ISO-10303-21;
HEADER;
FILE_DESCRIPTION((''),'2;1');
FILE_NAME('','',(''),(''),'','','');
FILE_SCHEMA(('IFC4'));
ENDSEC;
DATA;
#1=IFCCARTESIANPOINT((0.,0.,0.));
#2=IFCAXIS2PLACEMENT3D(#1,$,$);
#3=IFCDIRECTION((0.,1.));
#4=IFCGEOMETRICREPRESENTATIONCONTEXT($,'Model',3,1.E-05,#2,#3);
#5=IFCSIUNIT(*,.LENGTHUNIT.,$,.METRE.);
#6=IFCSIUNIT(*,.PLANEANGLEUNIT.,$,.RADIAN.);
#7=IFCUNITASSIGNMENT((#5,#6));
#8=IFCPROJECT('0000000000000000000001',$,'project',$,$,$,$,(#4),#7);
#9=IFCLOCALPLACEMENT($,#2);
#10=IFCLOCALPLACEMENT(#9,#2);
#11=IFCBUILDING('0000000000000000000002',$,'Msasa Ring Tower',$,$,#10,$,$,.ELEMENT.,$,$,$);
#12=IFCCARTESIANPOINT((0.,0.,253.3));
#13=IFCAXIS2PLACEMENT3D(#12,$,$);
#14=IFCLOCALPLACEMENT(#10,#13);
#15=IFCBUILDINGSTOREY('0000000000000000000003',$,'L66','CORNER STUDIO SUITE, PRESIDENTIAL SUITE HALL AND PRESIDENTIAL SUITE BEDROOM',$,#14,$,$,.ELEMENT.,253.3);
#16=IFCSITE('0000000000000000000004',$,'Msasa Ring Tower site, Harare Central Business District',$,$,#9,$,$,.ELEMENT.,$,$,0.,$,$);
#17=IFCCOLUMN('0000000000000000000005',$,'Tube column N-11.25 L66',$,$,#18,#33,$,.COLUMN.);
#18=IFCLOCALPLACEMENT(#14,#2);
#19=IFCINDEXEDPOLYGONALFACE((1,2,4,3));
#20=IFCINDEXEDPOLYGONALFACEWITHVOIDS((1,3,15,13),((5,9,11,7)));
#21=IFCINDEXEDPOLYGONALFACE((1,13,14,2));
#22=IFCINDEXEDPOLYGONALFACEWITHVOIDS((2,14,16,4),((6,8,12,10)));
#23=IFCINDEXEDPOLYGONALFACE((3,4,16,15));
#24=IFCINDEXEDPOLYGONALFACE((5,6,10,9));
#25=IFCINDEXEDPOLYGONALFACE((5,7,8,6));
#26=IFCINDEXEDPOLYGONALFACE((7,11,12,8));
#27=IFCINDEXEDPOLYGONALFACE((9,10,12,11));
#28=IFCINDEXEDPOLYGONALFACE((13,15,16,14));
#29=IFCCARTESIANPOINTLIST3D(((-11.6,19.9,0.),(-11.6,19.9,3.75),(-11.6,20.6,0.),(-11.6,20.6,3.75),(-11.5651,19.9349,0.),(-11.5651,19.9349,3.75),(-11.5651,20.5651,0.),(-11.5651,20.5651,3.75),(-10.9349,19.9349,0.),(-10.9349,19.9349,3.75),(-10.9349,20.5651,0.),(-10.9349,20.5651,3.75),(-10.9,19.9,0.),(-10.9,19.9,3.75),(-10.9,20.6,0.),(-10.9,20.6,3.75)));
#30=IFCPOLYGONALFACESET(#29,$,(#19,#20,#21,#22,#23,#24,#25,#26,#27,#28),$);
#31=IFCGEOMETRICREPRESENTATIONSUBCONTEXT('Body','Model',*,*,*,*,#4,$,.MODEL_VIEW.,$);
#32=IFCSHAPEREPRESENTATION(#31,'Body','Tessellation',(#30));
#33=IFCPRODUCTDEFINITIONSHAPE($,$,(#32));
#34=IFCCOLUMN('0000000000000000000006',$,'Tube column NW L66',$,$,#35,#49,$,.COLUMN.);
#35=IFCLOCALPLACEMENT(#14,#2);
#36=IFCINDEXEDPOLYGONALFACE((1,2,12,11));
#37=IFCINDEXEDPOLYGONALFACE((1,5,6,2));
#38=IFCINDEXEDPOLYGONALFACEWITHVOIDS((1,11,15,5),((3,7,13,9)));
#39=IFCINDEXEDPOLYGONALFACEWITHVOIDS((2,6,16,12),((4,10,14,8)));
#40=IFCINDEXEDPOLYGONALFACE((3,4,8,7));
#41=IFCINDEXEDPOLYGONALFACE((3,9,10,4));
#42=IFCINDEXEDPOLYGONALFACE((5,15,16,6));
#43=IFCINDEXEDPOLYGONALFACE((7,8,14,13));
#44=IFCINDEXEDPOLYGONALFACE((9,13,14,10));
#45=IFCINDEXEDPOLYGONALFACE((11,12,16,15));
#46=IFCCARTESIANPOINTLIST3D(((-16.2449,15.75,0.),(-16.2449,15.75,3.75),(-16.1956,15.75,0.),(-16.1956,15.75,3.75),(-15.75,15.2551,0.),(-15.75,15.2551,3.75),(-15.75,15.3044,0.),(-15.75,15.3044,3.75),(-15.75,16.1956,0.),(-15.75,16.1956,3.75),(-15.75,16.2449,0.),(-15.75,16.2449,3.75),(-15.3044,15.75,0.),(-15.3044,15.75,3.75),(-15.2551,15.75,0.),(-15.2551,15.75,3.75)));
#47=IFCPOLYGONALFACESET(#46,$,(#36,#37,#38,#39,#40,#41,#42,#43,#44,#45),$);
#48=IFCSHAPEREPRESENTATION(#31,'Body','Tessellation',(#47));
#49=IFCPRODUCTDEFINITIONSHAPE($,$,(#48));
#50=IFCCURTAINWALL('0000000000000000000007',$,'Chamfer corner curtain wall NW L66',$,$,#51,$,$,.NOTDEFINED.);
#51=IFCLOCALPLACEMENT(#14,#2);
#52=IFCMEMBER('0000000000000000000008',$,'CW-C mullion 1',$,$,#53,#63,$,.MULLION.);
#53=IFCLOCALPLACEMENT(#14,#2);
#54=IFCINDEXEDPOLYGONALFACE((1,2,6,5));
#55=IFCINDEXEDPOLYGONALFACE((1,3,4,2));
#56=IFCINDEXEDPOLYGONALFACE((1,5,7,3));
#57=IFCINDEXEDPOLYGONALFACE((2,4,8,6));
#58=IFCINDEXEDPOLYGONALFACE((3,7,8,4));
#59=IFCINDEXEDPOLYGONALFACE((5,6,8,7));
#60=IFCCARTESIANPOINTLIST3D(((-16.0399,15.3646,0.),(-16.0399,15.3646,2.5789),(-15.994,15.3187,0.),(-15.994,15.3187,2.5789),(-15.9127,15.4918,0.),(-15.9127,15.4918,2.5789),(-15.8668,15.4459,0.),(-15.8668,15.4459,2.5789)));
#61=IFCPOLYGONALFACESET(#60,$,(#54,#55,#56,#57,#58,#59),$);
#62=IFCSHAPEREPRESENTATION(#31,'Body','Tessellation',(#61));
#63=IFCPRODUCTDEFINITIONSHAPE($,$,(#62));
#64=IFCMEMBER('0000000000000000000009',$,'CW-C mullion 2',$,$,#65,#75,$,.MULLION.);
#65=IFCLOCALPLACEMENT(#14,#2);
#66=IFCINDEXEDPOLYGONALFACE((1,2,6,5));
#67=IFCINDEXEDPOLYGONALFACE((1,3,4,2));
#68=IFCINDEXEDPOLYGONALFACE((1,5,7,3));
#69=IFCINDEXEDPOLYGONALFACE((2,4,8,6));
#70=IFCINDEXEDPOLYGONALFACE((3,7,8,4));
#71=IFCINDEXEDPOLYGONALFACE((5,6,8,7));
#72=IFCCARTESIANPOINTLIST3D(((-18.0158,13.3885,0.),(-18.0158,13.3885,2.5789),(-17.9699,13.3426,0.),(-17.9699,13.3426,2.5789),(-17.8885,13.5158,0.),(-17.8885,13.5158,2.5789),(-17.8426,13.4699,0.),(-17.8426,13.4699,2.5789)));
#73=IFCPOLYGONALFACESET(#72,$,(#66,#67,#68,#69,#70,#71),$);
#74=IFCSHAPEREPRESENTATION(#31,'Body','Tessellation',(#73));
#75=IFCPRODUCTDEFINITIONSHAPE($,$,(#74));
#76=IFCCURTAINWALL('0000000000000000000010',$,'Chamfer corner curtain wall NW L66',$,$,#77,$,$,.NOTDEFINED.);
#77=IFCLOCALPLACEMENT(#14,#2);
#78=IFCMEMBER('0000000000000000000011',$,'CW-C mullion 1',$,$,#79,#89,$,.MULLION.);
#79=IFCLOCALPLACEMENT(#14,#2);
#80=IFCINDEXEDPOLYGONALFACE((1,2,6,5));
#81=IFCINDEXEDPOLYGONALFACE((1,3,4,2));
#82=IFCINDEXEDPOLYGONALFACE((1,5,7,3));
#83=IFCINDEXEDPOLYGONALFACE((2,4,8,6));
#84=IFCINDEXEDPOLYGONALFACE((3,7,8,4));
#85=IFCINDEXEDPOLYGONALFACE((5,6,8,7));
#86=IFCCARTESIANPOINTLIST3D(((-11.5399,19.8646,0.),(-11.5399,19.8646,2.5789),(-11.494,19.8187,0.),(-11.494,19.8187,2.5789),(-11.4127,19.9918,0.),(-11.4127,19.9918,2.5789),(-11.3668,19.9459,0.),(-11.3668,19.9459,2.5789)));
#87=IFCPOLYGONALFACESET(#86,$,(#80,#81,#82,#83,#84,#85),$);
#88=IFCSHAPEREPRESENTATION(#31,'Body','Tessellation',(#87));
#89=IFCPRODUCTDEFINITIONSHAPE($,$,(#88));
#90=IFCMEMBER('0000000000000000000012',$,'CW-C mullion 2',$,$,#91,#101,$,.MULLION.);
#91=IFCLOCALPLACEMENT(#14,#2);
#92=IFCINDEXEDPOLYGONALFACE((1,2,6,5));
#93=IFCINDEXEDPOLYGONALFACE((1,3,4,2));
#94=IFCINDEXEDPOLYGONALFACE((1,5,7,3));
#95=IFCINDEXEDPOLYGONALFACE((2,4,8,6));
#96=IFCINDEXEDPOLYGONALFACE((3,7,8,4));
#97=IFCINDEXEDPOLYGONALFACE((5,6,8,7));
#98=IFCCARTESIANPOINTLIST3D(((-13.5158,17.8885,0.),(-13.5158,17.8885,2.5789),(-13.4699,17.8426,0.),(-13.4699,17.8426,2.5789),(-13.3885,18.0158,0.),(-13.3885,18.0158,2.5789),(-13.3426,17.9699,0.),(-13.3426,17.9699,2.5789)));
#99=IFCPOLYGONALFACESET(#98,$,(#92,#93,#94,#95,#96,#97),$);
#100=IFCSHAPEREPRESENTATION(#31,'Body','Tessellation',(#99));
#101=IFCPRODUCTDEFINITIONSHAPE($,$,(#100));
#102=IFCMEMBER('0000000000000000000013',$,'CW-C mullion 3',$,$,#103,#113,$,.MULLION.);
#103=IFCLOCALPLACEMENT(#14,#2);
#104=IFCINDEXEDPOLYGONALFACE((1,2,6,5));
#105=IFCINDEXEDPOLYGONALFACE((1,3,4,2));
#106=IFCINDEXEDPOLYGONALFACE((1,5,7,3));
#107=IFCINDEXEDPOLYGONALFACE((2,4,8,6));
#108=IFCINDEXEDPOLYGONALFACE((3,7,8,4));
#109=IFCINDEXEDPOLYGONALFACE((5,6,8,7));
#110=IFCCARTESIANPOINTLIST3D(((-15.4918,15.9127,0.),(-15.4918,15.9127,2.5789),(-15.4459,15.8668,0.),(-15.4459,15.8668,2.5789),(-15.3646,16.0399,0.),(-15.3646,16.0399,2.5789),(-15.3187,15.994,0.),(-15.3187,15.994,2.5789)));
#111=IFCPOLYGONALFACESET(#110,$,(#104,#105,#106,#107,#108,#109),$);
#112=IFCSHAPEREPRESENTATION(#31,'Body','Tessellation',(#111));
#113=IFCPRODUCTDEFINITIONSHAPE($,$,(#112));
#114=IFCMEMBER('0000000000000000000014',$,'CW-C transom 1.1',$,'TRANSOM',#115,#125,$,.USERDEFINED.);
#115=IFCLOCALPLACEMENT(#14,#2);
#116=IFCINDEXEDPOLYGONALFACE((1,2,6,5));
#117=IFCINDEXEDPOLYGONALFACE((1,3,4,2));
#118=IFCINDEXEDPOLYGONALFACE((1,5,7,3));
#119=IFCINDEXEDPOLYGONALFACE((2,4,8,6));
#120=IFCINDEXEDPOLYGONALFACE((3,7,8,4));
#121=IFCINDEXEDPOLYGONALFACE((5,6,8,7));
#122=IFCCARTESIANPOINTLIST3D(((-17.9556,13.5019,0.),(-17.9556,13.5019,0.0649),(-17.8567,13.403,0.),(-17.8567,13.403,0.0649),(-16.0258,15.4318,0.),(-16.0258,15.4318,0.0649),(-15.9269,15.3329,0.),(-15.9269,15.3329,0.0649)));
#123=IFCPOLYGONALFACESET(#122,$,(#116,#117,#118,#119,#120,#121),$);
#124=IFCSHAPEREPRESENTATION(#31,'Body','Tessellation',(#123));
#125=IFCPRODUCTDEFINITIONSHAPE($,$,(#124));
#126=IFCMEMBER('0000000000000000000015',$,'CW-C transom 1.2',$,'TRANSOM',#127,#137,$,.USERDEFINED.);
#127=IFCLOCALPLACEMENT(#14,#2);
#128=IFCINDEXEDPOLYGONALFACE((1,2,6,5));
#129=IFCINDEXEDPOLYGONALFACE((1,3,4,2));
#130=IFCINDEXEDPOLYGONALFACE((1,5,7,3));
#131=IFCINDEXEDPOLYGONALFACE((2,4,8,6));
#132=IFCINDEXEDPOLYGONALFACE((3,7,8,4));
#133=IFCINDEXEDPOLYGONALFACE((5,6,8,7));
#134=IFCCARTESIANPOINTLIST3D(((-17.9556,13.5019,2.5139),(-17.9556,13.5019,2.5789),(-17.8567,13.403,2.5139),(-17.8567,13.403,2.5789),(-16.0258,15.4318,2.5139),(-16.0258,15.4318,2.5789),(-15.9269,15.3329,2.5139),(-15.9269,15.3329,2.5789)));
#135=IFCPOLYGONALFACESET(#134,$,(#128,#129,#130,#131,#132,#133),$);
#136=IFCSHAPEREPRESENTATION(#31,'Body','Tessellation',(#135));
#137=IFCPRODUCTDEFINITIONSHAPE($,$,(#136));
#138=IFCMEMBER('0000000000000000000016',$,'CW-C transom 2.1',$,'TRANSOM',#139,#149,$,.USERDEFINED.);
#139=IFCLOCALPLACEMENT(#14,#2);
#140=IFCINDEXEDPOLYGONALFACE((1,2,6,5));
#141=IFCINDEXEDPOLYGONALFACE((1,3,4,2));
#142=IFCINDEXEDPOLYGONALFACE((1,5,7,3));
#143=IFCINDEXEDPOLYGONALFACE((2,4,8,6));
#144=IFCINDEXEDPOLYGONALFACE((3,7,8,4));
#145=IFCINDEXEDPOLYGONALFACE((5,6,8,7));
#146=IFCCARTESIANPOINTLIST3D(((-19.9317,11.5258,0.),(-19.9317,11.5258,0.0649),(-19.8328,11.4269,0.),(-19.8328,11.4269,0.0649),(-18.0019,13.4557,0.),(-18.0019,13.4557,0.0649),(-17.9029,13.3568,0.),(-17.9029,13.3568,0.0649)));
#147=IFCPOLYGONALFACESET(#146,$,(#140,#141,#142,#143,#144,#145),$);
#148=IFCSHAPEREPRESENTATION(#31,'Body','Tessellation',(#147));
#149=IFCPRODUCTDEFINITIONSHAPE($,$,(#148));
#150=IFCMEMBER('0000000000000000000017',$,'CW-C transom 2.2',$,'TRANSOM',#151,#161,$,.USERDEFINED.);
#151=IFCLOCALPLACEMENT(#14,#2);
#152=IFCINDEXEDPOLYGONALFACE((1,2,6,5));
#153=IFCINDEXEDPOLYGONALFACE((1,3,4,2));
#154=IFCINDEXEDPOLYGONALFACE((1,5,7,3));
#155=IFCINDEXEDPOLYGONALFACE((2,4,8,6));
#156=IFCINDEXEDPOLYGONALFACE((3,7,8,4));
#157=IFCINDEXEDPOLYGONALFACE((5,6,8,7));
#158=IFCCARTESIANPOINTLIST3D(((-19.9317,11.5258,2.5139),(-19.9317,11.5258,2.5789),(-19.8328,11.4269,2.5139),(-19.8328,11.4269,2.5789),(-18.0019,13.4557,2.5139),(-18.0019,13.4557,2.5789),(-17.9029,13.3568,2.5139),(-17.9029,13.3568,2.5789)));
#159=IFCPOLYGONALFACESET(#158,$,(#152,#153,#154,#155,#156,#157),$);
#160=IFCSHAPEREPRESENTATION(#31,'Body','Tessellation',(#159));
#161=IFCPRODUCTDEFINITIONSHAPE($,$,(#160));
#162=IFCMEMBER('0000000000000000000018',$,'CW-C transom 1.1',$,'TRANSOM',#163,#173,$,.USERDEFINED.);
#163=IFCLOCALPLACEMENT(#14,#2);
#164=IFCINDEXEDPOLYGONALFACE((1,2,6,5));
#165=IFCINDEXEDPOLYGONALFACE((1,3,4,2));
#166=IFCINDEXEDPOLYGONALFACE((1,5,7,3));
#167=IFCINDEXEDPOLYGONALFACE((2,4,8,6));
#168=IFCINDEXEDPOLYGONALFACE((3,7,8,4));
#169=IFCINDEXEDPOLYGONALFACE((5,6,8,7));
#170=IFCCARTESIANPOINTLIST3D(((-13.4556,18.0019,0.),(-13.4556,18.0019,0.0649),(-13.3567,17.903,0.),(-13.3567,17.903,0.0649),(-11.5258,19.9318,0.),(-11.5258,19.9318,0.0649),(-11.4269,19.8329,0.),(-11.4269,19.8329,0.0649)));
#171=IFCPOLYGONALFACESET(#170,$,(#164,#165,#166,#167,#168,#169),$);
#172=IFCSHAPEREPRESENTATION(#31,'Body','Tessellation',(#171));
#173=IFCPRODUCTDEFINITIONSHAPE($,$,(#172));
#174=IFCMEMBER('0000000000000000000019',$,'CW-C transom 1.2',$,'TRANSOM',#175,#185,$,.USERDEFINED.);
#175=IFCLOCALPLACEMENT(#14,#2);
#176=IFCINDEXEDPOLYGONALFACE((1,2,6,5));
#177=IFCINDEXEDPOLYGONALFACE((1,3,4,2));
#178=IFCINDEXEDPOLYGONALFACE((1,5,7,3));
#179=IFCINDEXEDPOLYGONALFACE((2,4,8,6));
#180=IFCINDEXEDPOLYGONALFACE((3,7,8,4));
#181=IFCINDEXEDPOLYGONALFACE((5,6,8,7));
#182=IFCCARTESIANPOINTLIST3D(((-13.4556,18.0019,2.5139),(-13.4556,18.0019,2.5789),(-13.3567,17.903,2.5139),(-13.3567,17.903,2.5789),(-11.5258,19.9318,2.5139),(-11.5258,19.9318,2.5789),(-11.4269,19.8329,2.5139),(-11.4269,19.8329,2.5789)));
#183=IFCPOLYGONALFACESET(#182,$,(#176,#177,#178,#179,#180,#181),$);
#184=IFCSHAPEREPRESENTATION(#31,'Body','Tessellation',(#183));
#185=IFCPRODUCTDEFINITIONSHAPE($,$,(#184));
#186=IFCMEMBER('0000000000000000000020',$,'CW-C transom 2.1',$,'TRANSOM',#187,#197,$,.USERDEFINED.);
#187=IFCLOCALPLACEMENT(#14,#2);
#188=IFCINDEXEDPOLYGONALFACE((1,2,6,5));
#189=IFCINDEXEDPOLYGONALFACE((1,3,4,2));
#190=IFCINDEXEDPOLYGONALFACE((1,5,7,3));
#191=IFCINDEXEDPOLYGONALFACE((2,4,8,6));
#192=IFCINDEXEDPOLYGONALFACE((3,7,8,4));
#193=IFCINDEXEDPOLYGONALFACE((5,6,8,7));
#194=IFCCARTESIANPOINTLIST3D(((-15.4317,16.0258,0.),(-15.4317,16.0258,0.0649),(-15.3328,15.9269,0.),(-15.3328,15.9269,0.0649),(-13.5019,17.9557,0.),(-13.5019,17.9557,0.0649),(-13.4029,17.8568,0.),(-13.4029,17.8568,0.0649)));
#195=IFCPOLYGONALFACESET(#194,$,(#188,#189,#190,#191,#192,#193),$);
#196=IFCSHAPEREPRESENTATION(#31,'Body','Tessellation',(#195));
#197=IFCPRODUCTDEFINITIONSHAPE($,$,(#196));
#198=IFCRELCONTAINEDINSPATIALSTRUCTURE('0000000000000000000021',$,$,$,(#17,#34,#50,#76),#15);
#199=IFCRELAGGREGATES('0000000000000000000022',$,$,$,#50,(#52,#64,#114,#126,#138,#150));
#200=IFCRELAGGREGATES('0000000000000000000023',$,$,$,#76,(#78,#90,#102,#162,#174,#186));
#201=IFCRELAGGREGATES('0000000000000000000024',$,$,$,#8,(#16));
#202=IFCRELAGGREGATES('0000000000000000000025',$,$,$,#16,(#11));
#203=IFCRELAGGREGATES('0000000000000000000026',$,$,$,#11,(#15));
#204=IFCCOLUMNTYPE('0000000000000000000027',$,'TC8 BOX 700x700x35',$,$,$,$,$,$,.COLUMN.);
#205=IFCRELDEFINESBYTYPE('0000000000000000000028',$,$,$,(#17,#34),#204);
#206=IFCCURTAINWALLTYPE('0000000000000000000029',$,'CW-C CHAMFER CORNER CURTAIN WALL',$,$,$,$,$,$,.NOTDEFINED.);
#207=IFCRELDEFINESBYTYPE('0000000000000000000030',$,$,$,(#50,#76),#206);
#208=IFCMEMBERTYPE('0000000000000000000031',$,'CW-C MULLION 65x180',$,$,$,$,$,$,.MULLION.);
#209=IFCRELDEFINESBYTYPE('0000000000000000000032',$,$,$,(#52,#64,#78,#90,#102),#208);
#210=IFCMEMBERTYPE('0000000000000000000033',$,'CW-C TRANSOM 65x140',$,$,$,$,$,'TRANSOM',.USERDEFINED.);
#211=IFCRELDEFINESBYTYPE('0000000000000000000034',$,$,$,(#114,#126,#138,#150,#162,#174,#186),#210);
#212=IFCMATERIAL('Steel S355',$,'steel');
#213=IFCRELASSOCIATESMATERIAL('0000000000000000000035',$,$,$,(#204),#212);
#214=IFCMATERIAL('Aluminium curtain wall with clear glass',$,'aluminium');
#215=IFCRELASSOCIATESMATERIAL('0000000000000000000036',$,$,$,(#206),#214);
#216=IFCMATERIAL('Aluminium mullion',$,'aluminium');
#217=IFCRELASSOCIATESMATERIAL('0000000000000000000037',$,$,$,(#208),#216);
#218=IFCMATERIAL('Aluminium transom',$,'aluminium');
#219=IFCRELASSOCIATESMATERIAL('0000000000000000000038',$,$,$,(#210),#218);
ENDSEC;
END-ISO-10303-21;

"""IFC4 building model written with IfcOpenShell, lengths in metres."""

from ifc_helpers import new_model, si_unit, direction, frame, origin, origin_2d, place, context, subcontext, project, spatial, rectangle, hollow_rectangle, extrude, material, material_profile, profile_set, type_object, element, aggregate, save


model = new_model("IFC4")

# Units and contexts
model_context = context("Model", 3, precision=1e-05, world=origin(), true_north=direction((0.0, 1.0)))
body_context = subcontext(model_context, "Body", "Model", "MODEL_VIEW")
ifc_project = project(units=[si_unit("LENGTHUNIT", "METRE"), si_unit("PLANEANGLEUNIT", "RADIAN")], contexts=[model_context])

# Site, building, storey
site_placement = place(None, origin())
site = spatial("IfcSite", under=ifc_project, at=site_placement, Name="Msasa Ring Tower site, Harare Central Business District", CompositionType="ELEMENT", RefElevation=0.0)
building_placement = place(site_placement, origin())
building = spatial("IfcBuilding", under=site, at=building_placement, Name="Msasa Ring Tower", CompositionType="ELEMENT")
storey_placement = place(building_placement, frame((0.0, 0.0, 253.3)))
storey = spatial("IfcBuildingStorey", under=building, at=storey_placement, Name="L66", Description="CORNER STUDIO SUITE, PRESIDENTIAL SUITE HALL AND PRESIDENTIAL SUITE BEDROOM", CompositionType="ELEMENT", Elevation=253.3)

# Columns
ifc_material_1 = material(Name="Steel S355", Category="steel")
ifc_material_profile_1 = material_profile(ifc_material_1, hollow_rectangle(XDim=0.7, YDim=0.7, WallThickness=0.0349, at=origin_2d()), Name="BOX 700x700x35")
ifc_profile_set_1 = profile_set([ifc_material_profile_1], Name="Steel S355")
column_type = type_object("IfcColumnType", Name="TC8 BOX 700x700x35", PredefinedType="COLUMN", material=ifc_profile_set_1)
for number, where, z_axis, x_axis, name in (
    (1, (-11.25, 20.25, 0.0), (0.0, 0.0, 1.0), (0.0, 1.0, 0.0), "Tube column N-11.25 L66"),
    (2, (-15.75, 15.75, 0.0), (0.0, 0.0, 1.0), (0.707107, -0.707107, 0.0), "Tube column NW L66"),
):
    element("IfcColumn", number, at=place(storey_placement, frame(where, z_axis=z_axis, x_axis=x_axis)), inside=storey, type_object=column_type, Name=name, PredefinedType="COLUMN", context=body_context, shape_type="SweptSolid", body=[
        extrude(hollow_rectangle(XDim=0.7, YDim=0.7, WallThickness=0.0349, at=origin_2d()), origin(), (0.0, 0.0, 1.0), 3.75),
    ])

# Curtain walls, members
ifc_material_2 = material(Name="Aluminium curtain wall with clear glass", Category="aluminium")
curtain_wall_type = type_object("IfcCurtainWallType", Name="CW-C CHAMFER CORNER CURTAIN WALL", PredefinedType="NOTDEFINED", material=ifc_material_2)
curtain_wall_1_placement = place(storey_placement, origin())
curtain_wall_1 = element("IfcCurtainWall", 3, at=curtain_wall_1_placement, inside=storey, type_object=curtain_wall_type, Name="Chamfer corner curtain wall NW L66", PredefinedType="NOTDEFINED")
ifc_material_3 = material(Name="Aluminium mullion", Category="aluminium")
ifc_material_profile_2 = material_profile(ifc_material_3, rectangle(XDim=0.0649, YDim=0.1799, at=origin_2d()), Name="AL 65x180")
ifc_profile_set_2 = profile_set([ifc_material_profile_2], Name="Aluminium mullion")
member_type_1 = type_object("IfcMemberType", Name="CW-C MULLION 65x180", PredefinedType="MULLION", material=ifc_profile_set_2)
member_1_placement = place(storey_placement, frame((-15.9534, 15.4053, 0.0), z_axis=(0.0, 0.0, 1.0), x_axis=(0.707107, -0.707107, 0.0)))
member_1 = element("IfcMember", 4, at=member_1_placement, type_object=member_type_1, Name="CW-C mullion 1", PredefinedType="MULLION", context=body_context, shape_type="SweptSolid", body=[
    extrude(rectangle(XDim=0.0649, YDim=0.1799, at=origin_2d()), origin(), (0.0, 0.0, 1.0), 2.5789),
])
member_2_placement = place(storey_placement, frame((-17.9292, 13.4292, 0.0), z_axis=(0.0, 0.0, 1.0), x_axis=(0.707107, -0.707107, 0.0)))
member_2 = element("IfcMember", 5, at=member_2_placement, type_object=member_type_1, Name="CW-C mullion 2", PredefinedType="MULLION", context=body_context, shape_type="SweptSolid", body=[
    extrude(rectangle(XDim=0.0649, YDim=0.1799, at=origin_2d()), origin(), (0.0, 0.0, 1.0), 2.5789),
])
curtain_wall_2_placement = place(storey_placement, origin())
curtain_wall_2 = element("IfcCurtainWall", 6, at=curtain_wall_2_placement, inside=storey, type_object=curtain_wall_type, Name="Chamfer corner curtain wall NW L66", PredefinedType="NOTDEFINED")
member_3_placement = place(storey_placement, frame((-11.4534, 19.9053, 0.0), z_axis=(0.0, 0.0, 1.0), x_axis=(0.707107, -0.707107, 0.0)))
member_3 = element("IfcMember", 7, at=member_3_placement, type_object=member_type_1, Name="CW-C mullion 1", PredefinedType="MULLION", context=body_context, shape_type="SweptSolid", body=[
    extrude(rectangle(XDim=0.0649, YDim=0.1799, at=origin_2d()), origin(), (0.0, 0.0, 1.0), 2.5789),
])
member_4_placement = place(storey_placement, frame((-13.4292, 17.9292, 0.0), z_axis=(0.0, 0.0, 1.0), x_axis=(0.707107, -0.707107, 0.0)))
member_4 = element("IfcMember", 8, at=member_4_placement, type_object=member_type_1, Name="CW-C mullion 2", PredefinedType="MULLION", context=body_context, shape_type="SweptSolid", body=[
    extrude(rectangle(XDim=0.0649, YDim=0.1799, at=origin_2d()), origin(), (0.0, 0.0, 1.0), 2.5789),
])
member_5_placement = place(storey_placement, frame((-15.4053, 15.9534, 0.0), z_axis=(0.0, 0.0, 1.0), x_axis=(0.707107, -0.707107, 0.0)))
member_5 = element("IfcMember", 9, at=member_5_placement, type_object=member_type_1, Name="CW-C mullion 3", PredefinedType="MULLION", context=body_context, shape_type="SweptSolid", body=[
    extrude(rectangle(XDim=0.0649, YDim=0.1799, at=origin_2d()), origin(), (0.0, 0.0, 1.0), 2.5789),
])

# Members
ifc_material_4 = material(Name="Aluminium transom", Category="aluminium")
ifc_material_profile_3 = material_profile(ifc_material_4, rectangle(XDim=0.1399, YDim=0.0649, at=origin_2d()), Name="AL 65x140")
ifc_profile_set_3 = profile_set([ifc_material_profile_3], Name="Aluminium transom")
member_type_2 = type_object("IfcMemberType", Name="CW-C TRANSOM 65x140", ElementType="TRANSOM", PredefinedType="USERDEFINED", material=ifc_profile_set_3)
member_6_placement = place(storey_placement, frame((-15.9763, 15.3823, 0.0325), z_axis=(-0.707107, -0.707107, 0.0), x_axis=(0.707107, -0.707107, 0.0)))
member_6 = element("IfcMember", 10, at=member_6_placement, type_object=member_type_2, Name="CW-C transom 1.1", ObjectType="TRANSOM", PredefinedType="USERDEFINED", context=body_context, shape_type="SweptSolid", body=[
    extrude(rectangle(XDim=0.1399, YDim=0.0649, at=origin_2d()), origin(), (0.0, 0.0, 1.0), 2.7292),
])
member_7_placement = place(storey_placement, frame((-15.9763, 15.3823, 2.5464), z_axis=(-0.707107, -0.707107, 0.0), x_axis=(0.707107, -0.707107, 0.0)))
member_7 = element("IfcMember", 11, at=member_7_placement, type_object=member_type_2, Name="CW-C transom 1.2", ObjectType="TRANSOM", PredefinedType="USERDEFINED", context=body_context, shape_type="SweptSolid", body=[
    extrude(rectangle(XDim=0.1399, YDim=0.0649, at=origin_2d()), origin(), (0.0, 0.0, 1.0), 2.7292),
])
member_8_placement = place(storey_placement, frame((-17.9524, 13.4062, 0.0325), z_axis=(-0.707107, -0.707107, 0.0), x_axis=(0.707107, -0.707107, 0.0)))
member_8 = element("IfcMember", 12, at=member_8_placement, type_object=member_type_2, Name="CW-C transom 2.1", ObjectType="TRANSOM", PredefinedType="USERDEFINED", context=body_context, shape_type="SweptSolid", body=[
    extrude(rectangle(XDim=0.1399, YDim=0.0649, at=origin_2d()), origin(), (0.0, 0.0, 1.0), 2.7292),
])
member_9_placement = place(storey_placement, frame((-17.9524, 13.4062, 2.5464), z_axis=(-0.707107, -0.707107, 0.0), x_axis=(0.707107, -0.707107, 0.0)))
member_9 = element("IfcMember", 13, at=member_9_placement, type_object=member_type_2, Name="CW-C transom 2.2", ObjectType="TRANSOM", PredefinedType="USERDEFINED", context=body_context, shape_type="SweptSolid", body=[
    extrude(rectangle(XDim=0.1399, YDim=0.0649, at=origin_2d()), origin(), (0.0, 0.0, 1.0), 2.7292),
])
member_10_placement = place(storey_placement, frame((-11.4763, 19.8823, 0.0325), z_axis=(-0.707107, -0.707107, 0.0), x_axis=(0.707107, -0.707107, 0.0)))
member_10 = element("IfcMember", 14, at=member_10_placement, type_object=member_type_2, Name="CW-C transom 1.1", ObjectType="TRANSOM", PredefinedType="USERDEFINED", context=body_context, shape_type="SweptSolid", body=[
    extrude(rectangle(XDim=0.1399, YDim=0.0649, at=origin_2d()), origin(), (0.0, 0.0, 1.0), 2.7292),
])
member_11_placement = place(storey_placement, frame((-11.4763, 19.8823, 2.5464), z_axis=(-0.707107, -0.707107, 0.0), x_axis=(0.707107, -0.707107, 0.0)))
member_11 = element("IfcMember", 15, at=member_11_placement, type_object=member_type_2, Name="CW-C transom 1.2", ObjectType="TRANSOM", PredefinedType="USERDEFINED", context=body_context, shape_type="SweptSolid", body=[
    extrude(rectangle(XDim=0.1399, YDim=0.0649, at=origin_2d()), origin(), (0.0, 0.0, 1.0), 2.7292),
])
member_12_placement = place(storey_placement, frame((-13.4524, 17.9062, 0.0325), z_axis=(-0.707107, -0.707107, 0.0), x_axis=(0.707107, -0.707107, 0.0)))
member_12 = element("IfcMember", 16, at=member_12_placement, type_object=member_type_2, Name="CW-C transom 2.1", ObjectType="TRANSOM", PredefinedType="USERDEFINED", context=body_context, shape_type="SweptSolid", body=[
    extrude(rectangle(XDim=0.1399, YDim=0.0649, at=origin_2d()), origin(), (0.0, 0.0, 1.0), 2.7292),
])

aggregate(curtain_wall_1, [member_1, member_2, member_6, member_7, member_8, member_9])
aggregate(curtain_wall_2, [member_3, member_4, member_5, member_10, member_11, member_12])

save(model, "model.ifc")
